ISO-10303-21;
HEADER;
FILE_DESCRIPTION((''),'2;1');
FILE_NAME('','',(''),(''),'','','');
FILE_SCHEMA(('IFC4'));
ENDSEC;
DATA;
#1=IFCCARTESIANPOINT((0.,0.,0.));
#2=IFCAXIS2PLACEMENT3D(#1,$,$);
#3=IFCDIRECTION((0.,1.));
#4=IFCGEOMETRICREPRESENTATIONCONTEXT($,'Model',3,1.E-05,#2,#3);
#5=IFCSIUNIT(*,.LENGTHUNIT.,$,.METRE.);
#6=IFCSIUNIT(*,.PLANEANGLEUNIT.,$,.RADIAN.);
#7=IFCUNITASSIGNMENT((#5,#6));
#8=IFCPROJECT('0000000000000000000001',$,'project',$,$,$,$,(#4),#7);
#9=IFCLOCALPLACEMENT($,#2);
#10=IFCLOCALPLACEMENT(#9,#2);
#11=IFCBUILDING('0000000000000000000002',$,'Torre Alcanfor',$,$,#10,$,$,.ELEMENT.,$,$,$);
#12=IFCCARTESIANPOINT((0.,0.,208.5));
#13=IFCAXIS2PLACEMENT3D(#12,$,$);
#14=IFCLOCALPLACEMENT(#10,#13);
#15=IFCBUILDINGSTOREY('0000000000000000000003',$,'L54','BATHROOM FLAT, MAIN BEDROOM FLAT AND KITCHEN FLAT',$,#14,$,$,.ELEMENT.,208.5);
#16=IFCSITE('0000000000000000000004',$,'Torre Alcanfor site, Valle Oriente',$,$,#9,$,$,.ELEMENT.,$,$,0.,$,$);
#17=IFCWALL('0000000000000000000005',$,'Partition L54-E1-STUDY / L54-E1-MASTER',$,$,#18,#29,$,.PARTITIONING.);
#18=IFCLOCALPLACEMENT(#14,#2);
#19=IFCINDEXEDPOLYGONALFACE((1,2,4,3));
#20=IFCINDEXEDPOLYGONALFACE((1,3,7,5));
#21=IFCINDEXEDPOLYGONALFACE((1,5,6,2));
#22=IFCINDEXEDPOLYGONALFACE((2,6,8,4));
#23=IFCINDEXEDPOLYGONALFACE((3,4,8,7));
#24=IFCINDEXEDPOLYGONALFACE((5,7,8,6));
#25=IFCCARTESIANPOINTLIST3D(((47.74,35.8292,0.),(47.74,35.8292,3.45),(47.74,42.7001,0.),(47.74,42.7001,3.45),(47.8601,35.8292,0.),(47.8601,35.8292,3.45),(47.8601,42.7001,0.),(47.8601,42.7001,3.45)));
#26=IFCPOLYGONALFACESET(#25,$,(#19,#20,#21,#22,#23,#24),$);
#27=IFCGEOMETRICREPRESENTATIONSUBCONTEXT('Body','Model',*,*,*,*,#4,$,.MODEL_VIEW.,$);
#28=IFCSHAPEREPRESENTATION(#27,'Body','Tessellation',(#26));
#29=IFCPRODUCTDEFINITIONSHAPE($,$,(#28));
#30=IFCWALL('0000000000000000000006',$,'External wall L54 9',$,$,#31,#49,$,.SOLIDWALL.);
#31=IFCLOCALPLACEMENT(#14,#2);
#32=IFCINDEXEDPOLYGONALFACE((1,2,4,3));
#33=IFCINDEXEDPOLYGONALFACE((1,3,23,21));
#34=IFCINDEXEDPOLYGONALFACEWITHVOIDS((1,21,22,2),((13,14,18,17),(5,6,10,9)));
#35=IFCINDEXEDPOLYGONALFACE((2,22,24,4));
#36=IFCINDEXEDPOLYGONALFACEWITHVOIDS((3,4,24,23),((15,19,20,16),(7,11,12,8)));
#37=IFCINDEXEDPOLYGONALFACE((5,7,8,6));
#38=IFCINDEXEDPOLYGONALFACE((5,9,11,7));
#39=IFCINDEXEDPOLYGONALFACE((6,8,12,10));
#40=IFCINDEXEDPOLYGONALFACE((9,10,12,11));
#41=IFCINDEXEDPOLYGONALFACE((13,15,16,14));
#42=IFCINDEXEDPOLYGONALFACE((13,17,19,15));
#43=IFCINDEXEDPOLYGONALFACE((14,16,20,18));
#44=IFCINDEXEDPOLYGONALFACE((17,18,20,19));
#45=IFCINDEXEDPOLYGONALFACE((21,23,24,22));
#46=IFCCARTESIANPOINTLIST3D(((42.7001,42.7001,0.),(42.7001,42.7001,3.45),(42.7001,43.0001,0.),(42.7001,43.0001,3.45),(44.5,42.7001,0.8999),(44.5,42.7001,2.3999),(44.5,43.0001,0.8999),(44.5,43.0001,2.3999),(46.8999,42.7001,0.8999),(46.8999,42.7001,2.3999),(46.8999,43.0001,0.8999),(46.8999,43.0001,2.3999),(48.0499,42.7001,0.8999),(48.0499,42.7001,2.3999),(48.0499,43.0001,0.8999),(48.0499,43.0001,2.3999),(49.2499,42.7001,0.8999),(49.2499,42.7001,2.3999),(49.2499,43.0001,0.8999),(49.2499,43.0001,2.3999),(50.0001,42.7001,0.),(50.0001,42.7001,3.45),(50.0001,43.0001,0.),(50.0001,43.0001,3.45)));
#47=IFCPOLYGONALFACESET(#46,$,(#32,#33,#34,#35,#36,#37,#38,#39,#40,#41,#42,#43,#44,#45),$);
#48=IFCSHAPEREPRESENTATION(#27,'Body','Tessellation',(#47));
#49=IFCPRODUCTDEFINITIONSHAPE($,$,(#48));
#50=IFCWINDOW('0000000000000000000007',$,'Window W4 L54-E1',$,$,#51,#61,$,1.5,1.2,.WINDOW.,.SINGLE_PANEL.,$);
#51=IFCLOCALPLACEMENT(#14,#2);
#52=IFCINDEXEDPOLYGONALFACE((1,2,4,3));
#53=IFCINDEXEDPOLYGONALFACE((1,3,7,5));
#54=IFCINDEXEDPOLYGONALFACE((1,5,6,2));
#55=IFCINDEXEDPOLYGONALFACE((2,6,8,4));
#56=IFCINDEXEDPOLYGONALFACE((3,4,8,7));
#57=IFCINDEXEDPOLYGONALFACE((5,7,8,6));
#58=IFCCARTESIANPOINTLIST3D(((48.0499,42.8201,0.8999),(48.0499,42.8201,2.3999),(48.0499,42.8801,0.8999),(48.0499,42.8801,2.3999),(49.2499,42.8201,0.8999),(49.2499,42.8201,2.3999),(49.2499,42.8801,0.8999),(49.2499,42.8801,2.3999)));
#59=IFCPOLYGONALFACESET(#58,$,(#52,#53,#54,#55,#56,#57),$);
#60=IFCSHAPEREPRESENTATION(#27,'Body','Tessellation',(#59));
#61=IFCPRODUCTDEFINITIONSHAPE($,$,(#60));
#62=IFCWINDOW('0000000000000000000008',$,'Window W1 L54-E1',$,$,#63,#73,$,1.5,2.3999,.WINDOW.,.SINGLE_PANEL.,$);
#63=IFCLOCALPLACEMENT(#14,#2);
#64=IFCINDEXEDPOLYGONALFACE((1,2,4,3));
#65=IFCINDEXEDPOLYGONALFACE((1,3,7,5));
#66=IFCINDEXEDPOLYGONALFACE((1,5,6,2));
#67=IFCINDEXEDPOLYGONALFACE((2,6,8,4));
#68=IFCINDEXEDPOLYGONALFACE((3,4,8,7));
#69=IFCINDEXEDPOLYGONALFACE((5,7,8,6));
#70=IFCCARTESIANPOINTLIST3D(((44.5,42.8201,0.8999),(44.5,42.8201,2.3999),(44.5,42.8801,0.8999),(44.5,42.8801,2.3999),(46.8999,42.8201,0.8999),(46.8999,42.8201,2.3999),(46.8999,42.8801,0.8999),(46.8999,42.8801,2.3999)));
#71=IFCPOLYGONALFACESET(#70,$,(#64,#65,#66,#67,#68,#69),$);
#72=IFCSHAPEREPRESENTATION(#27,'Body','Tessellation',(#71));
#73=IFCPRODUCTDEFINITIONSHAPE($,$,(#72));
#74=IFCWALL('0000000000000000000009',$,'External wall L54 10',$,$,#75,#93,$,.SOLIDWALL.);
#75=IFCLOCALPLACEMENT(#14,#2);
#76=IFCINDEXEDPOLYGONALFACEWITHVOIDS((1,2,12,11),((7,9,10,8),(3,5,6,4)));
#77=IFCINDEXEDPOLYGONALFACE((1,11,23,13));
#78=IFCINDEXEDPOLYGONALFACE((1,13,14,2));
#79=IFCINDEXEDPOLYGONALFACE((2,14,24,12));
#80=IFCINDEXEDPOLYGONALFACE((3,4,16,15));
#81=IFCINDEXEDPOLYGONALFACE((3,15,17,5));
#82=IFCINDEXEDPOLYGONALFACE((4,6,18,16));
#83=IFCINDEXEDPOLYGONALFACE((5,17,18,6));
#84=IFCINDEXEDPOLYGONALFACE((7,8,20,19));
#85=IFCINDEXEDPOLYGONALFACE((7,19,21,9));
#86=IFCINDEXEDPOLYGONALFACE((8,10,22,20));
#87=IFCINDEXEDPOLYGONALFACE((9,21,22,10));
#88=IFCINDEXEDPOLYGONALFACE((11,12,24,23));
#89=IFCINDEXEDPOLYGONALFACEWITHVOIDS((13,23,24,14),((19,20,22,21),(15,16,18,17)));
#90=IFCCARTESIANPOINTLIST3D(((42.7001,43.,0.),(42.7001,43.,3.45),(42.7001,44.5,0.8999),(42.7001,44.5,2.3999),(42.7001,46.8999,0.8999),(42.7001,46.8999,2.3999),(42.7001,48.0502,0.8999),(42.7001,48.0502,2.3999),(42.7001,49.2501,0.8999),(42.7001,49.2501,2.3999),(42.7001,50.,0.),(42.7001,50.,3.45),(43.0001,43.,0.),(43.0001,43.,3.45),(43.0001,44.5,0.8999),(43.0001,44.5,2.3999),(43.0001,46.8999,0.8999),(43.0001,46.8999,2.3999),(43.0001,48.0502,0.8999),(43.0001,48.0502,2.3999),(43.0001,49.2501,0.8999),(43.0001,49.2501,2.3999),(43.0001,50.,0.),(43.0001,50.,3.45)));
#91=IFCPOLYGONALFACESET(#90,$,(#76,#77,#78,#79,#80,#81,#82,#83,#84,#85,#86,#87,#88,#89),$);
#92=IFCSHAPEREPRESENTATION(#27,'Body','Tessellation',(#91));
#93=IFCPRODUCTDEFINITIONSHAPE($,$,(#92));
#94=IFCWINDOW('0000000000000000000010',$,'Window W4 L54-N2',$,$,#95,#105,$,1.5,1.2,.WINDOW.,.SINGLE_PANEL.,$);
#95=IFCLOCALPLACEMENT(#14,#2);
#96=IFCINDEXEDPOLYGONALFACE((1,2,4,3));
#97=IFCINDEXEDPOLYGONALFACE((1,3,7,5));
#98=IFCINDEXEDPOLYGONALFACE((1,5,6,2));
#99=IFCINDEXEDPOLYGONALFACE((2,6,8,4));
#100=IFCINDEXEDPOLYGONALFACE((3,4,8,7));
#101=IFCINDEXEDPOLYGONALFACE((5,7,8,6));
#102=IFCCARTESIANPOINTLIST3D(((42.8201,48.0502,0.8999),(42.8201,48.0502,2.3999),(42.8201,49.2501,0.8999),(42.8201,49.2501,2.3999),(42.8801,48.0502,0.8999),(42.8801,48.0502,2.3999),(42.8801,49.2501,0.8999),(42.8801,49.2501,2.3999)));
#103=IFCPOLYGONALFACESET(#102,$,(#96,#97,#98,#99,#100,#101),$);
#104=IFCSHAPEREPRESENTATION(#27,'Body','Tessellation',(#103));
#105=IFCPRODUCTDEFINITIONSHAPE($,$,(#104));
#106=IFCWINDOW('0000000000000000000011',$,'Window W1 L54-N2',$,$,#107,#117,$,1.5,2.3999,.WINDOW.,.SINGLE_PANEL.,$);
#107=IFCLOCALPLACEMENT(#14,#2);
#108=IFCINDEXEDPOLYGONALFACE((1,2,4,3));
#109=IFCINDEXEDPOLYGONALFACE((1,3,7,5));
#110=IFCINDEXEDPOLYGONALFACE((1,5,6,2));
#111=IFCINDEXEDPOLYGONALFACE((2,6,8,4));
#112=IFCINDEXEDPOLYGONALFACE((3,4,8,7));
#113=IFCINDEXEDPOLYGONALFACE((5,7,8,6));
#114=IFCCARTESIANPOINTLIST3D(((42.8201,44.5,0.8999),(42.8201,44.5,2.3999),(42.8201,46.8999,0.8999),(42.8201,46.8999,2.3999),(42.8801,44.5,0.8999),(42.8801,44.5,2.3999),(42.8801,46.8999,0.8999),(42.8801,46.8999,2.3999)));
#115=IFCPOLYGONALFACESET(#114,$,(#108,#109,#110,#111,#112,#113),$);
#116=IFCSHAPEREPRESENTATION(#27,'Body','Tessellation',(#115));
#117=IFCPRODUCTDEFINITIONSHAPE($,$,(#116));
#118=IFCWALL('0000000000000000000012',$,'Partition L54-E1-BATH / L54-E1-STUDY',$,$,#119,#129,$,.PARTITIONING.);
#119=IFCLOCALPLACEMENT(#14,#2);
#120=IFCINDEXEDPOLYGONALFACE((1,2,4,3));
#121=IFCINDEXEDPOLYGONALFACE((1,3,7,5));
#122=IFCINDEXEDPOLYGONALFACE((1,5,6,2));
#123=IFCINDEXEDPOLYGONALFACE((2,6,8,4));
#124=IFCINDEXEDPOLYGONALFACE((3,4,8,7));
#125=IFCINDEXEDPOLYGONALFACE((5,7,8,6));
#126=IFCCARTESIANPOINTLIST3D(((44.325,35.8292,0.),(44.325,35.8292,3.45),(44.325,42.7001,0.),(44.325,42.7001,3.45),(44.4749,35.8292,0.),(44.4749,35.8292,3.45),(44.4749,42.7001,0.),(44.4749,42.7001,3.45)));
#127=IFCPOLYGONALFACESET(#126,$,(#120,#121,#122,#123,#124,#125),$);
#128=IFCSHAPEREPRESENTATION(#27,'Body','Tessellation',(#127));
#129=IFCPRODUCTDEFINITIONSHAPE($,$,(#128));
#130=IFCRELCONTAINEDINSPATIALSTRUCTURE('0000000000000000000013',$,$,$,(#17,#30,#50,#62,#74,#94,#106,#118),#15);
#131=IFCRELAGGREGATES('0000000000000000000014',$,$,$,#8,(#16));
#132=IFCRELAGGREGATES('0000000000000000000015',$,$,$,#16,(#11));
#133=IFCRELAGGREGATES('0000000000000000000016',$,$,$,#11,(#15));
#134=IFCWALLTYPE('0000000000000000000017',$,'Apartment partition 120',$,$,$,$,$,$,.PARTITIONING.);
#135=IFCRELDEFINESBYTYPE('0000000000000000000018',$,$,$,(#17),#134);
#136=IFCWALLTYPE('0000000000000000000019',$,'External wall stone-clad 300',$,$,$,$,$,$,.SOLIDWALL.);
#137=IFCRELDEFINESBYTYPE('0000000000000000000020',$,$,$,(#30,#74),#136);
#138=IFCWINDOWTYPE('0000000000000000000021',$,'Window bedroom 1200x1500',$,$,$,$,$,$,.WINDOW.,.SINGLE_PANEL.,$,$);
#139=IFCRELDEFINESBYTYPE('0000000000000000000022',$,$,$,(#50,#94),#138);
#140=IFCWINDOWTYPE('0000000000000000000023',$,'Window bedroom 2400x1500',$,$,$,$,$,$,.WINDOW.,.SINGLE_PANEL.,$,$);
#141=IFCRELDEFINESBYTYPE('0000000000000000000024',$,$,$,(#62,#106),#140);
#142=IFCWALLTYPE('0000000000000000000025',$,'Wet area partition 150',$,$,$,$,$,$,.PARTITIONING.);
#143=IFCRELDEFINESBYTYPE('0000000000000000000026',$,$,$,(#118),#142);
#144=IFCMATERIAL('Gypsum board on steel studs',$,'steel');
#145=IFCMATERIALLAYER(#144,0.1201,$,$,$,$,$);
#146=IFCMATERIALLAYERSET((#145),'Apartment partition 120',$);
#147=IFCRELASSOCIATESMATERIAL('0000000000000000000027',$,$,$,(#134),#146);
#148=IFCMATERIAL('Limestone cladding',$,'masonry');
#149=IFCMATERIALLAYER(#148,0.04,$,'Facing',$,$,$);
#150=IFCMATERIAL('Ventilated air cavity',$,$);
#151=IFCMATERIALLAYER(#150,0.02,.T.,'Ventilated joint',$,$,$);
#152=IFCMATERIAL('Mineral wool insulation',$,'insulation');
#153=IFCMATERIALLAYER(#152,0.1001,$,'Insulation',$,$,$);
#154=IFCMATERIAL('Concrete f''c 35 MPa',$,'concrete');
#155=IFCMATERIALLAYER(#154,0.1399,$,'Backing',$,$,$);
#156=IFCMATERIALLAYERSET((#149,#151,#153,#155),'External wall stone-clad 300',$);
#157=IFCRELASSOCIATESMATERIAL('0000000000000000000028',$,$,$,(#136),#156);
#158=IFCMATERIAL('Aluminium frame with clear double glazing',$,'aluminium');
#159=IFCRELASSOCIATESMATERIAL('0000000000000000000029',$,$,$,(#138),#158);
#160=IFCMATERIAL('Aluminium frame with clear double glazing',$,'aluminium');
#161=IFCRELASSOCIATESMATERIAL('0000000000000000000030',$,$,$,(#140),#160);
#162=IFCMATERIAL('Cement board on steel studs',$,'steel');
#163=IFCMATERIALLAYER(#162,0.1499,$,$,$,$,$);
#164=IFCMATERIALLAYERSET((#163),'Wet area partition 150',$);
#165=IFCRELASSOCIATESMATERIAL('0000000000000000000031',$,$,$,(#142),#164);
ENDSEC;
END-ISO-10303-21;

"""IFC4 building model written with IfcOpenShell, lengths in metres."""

from ifc_helpers import new_model, si_unit, direction, frame, frame_2d, origin, place, context, subcontext, project, spatial, rectangle, extrude, material, layer, layer_set, type_object, element, fill, save


model = new_model("IFC4")

# Units and contexts
model_context = context("Model", 3, precision=1e-05, world=origin(), true_north=direction((0.0, 1.0)))
body_context = subcontext(model_context, "Body", "Model", "MODEL_VIEW")
ifc_project = project(units=[si_unit("LENGTHUNIT", "METRE"), si_unit("PLANEANGLEUNIT", "RADIAN")], contexts=[model_context])

# Site, building, storey
site_placement = place(None, origin())
site = spatial("IfcSite", under=ifc_project, at=site_placement, Name="Torre Alcanfor site, Valle Oriente", CompositionType="ELEMENT", RefElevation=0.0)
building_placement = place(site_placement, origin())
building = spatial("IfcBuilding", under=site, at=building_placement, Name="Torre Alcanfor", CompositionType="ELEMENT")
storey_placement = place(building_placement, frame((0.0, 0.0, 208.5)))
storey = spatial("IfcBuildingStorey", under=building, at=storey_placement, Name="L54", Description="BATHROOM FLAT, MAIN BEDROOM FLAT AND KITCHEN FLAT", CompositionType="ELEMENT", Elevation=208.5)

# Shared definitions
ifc_material_1 = material(Name="Gypsum board on steel studs", Category="steel")
ifc_layer_1 = layer(ifc_material_1, 0.1201)
ifc_layer_set_1 = layer_set([ifc_layer_1], Name="Apartment partition 120")
wall_type_1 = type_object("IfcWallType", Name="Apartment partition 120", PredefinedType="PARTITIONING", material=ifc_layer_set_1)

# Wall
wall_1_placement = place(storey_placement, frame((47.8, 35.8291, 0.0), z_axis=(0.0, 0.0, 1.0), x_axis=(0.0, 1.0, 0.0)))
element("IfcWall", 1, at=wall_1_placement, inside=storey, type_object=wall_type_1, Name="Partition L54-E1-STUDY / L54-E1-MASTER", PredefinedType="PARTITIONING", context=body_context, shape_type="SweptSolid", body=[
    extrude(rectangle(XDim=6.8708, YDim=0.1201, at=frame_2d((3.4355, 0.0))), origin(), (0.0, 0.0, 1.0), 3.45),
])

# Walls, openings, windows
ifc_material_2 = material(Name="Limestone cladding", Category="masonry")
ifc_layer_2 = layer(ifc_material_2, 0.04, Name="Facing")
ifc_material_3 = material(Name="Ventilated air cavity")
ifc_layer_3 = layer(ifc_material_3, 0.02, ventilated=True, Name="Ventilated joint")
ifc_material_4 = material(Name="Mineral wool insulation", Category="insulation")
ifc_layer_4 = layer(ifc_material_4, 0.1001, Name="Insulation")
ifc_material_5 = material(Name="Concrete f'c 35 MPa", Category="concrete")
ifc_layer_5 = layer(ifc_material_5, 0.1399, Name="Backing")
ifc_layer_set_2 = layer_set([ifc_layer_2, ifc_layer_3, ifc_layer_4, ifc_layer_5], Name="External wall stone-clad 300")
wall_type_2 = type_object("IfcWallType", Name="External wall stone-clad 300", PredefinedType="SOLIDWALL", material=ifc_layer_set_2)
wall_2_placement = place(storey_placement, frame((50.0, 42.8501, 0.0), z_axis=(0.0, 0.0, 1.0), x_axis=(-1.0, 0.0, 0.0)))
wall_2 = element("IfcWall", 2, at=wall_2_placement, inside=storey, type_object=wall_type_2, Name="External wall L54 9", PredefinedType="SOLIDWALL", context=body_context, shape_type="SweptSolid", body=[
    extrude(rectangle(XDim=7.3, YDim=0.3, at=frame_2d((3.6499, 0.0))), origin(), (0.0, 0.0, 1.0), 3.45),
])
opening_1_placement = place(wall_2_placement, frame((3.1001, 0.0, 0.8999)))
opening_1 = element("IfcOpeningElement", 3, at=opening_1_placement, cuts=wall_2, PredefinedType="OPENING", context=body_context, shape_type="SweptSolid", body=[
    extrude(rectangle(XDim=2.3999, YDim=1.5, at=frame_2d((1.2, 0.75))), frame((0.0, 0.1599, 0.0), z_axis=(0.0, -1.0, 0.0), x_axis=(1.0, 0.0, 0.0)), (0.0, 0.0, 1.0), 0.3201),
])
opening_2_placement = place(wall_2_placement, frame((0.75, 0.0, 0.8999)))
opening_2 = element("IfcOpeningElement", 4, at=opening_2_placement, cuts=wall_2, PredefinedType="OPENING", context=body_context, shape_type="SweptSolid", body=[
    extrude(rectangle(XDim=1.2, YDim=1.5, at=frame_2d((0.6001, 0.75))), frame((0.0, 0.1599, 0.0), z_axis=(0.0, -1.0, 0.0), x_axis=(1.0, 0.0, 0.0)), (0.0, 0.0, 1.0), 0.3201),
])
ifc_material_6 = material(Name="Aluminium frame with clear double glazing", Category="aluminium")
window_type_1 = type_object("IfcWindowType", Name="Window bedroom 1200x1500", PartitioningType="SINGLE_PANEL", PredefinedType="WINDOW", material=ifc_material_6)
window_1_placement = place(opening_2_placement, origin())
window_1 = element("IfcWindow", 5, at=window_1_placement, inside=storey, type_object=window_type_1, Name="Window W4 L54-E1", OverallHeight=1.5, OverallWidth=1.2, PartitioningType="SINGLE_PANEL", PredefinedType="WINDOW", context=body_context, shape_type="SweptSolid", body=[
    extrude(rectangle(XDim=1.2, YDim=1.5, at=frame_2d((0.6001, 0.75))), frame((0.0, 0.03, 0.0), z_axis=(0.0, -1.0, 0.0), x_axis=(1.0, 0.0, 0.0)), (0.0, 0.0, 1.0), 0.0601),
])
fill(opening_2, window_1)
ifc_material_7 = material(Name="Aluminium frame with clear double glazing", Category="aluminium")
window_type_2 = type_object("IfcWindowType", Name="Window bedroom 2400x1500", PartitioningType="SINGLE_PANEL", PredefinedType="WINDOW", material=ifc_material_7)
window_2_placement = place(opening_1_placement, origin())
window_2 = element("IfcWindow", 6, at=window_2_placement, inside=storey, type_object=window_type_2, Name="Window W1 L54-E1", OverallHeight=1.5, OverallWidth=2.3999, PartitioningType="SINGLE_PANEL", PredefinedType="WINDOW", context=body_context, shape_type="SweptSolid", body=[
    extrude(rectangle(XDim=2.3999, YDim=1.5, at=frame_2d((1.2, 0.75))), frame((0.0, 0.03, 0.0), z_axis=(0.0, -1.0, 0.0), x_axis=(1.0, 0.0, 0.0)), (0.0, 0.0, 1.0), 0.0601),
])
fill(opening_1, window_2)
wall_3_placement = place(storey_placement, frame((42.8501, 43.0, 0.0), z_axis=(0.0, 0.0, 1.0), x_axis=(0.0, 1.0, 0.0)))
wall_3 = element("IfcWall", 7, at=wall_3_placement, inside=storey, type_object=wall_type_2, Name="External wall L54 10", PredefinedType="SOLIDWALL", context=body_context, shape_type="SweptSolid", body=[
    extrude(rectangle(XDim=7.0, YDim=0.3, at=frame_2d((3.5, 0.0))), origin(), (0.0, 0.0, 1.0), 3.45),
])
opening_3_placement = place(wall_3_placement, frame((1.5, 0.0, 0.8999)))
opening_3 = element("IfcOpeningElement", 8, at=opening_3_placement, cuts=wall_3, PredefinedType="OPENING", context=body_context, shape_type="SweptSolid", body=[
    extrude(rectangle(XDim=2.3999, YDim=1.5, at=frame_2d((1.2, 0.75))), frame((0.0, 0.1599, 0.0), z_axis=(0.0, -1.0, 0.0), x_axis=(1.0, 0.0, 0.0)), (0.0, 0.0, 1.0), 0.3201),
])
opening_4_placement = place(wall_3_placement, frame((5.05, 0.0, 0.8999)))
opening_4 = element("IfcOpeningElement", 9, at=opening_4_placement, cuts=wall_3, PredefinedType="OPENING", context=body_context, shape_type="SweptSolid", body=[
    extrude(rectangle(XDim=1.2, YDim=1.5, at=frame_2d((0.6001, 0.75))), frame((0.0, 0.1599, 0.0), z_axis=(0.0, -1.0, 0.0), x_axis=(1.0, 0.0, 0.0)), (0.0, 0.0, 1.0), 0.3201),
])
window_3_placement = place(opening_4_placement, origin())
window_3 = element("IfcWindow", 10, at=window_3_placement, inside=storey, type_object=window_type_1, Name="Window W4 L54-N2", OverallHeight=1.5, OverallWidth=1.2, PartitioningType="SINGLE_PANEL", PredefinedType="WINDOW", context=body_context, shape_type="SweptSolid", body=[
    extrude(rectangle(XDim=1.2, YDim=1.5, at=frame_2d((0.6001, 0.75))), frame((0.0, 0.03, 0.0), z_axis=(0.0, -1.0, 0.0), x_axis=(1.0, 0.0, 0.0)), (0.0, 0.0, 1.0), 0.0601),
])
fill(opening_4, window_3)
window_4_placement = place(opening_3_placement, origin())
window_4 = element("IfcWindow", 11, at=window_4_placement, inside=storey, type_object=window_type_2, Name="Window W1 L54-N2", OverallHeight=1.5, OverallWidth=2.3999, PartitioningType="SINGLE_PANEL", PredefinedType="WINDOW", context=body_context, shape_type="SweptSolid", body=[
    extrude(rectangle(XDim=2.3999, YDim=1.5, at=frame_2d((1.2, 0.75))), frame((0.0, 0.03, 0.0), z_axis=(0.0, -1.0, 0.0), x_axis=(1.0, 0.0, 0.0)), (0.0, 0.0, 1.0), 0.0601),
])
fill(opening_3, window_4)

# Wall
ifc_material_8 = material(Name="Cement board on steel studs", Category="steel")
ifc_layer_6 = layer(ifc_material_8, 0.1499)
ifc_layer_set_3 = layer_set([ifc_layer_6], Name="Wet area partition 150")
wall_type_3 = type_object("IfcWallType", Name="Wet area partition 150", PredefinedType="PARTITIONING", material=ifc_layer_set_3)
wall_4_placement = place(storey_placement, frame((44.3999, 35.8291, 0.0), z_axis=(0.0, 0.0, 1.0), x_axis=(0.0, 1.0, 0.0)))
element("IfcWall", 12, at=wall_4_placement, inside=storey, type_object=wall_type_3, Name="Partition L54-E1-BATH / L54-E1-STUDY", PredefinedType="PARTITIONING", context=body_context, shape_type="SweptSolid", body=[
    extrude(rectangle(XDim=6.8708, YDim=0.1499, at=frame_2d((3.4355, 0.0))), origin(), (0.0, 0.0, 1.0), 3.45),
])

save(model, "model.ifc")
